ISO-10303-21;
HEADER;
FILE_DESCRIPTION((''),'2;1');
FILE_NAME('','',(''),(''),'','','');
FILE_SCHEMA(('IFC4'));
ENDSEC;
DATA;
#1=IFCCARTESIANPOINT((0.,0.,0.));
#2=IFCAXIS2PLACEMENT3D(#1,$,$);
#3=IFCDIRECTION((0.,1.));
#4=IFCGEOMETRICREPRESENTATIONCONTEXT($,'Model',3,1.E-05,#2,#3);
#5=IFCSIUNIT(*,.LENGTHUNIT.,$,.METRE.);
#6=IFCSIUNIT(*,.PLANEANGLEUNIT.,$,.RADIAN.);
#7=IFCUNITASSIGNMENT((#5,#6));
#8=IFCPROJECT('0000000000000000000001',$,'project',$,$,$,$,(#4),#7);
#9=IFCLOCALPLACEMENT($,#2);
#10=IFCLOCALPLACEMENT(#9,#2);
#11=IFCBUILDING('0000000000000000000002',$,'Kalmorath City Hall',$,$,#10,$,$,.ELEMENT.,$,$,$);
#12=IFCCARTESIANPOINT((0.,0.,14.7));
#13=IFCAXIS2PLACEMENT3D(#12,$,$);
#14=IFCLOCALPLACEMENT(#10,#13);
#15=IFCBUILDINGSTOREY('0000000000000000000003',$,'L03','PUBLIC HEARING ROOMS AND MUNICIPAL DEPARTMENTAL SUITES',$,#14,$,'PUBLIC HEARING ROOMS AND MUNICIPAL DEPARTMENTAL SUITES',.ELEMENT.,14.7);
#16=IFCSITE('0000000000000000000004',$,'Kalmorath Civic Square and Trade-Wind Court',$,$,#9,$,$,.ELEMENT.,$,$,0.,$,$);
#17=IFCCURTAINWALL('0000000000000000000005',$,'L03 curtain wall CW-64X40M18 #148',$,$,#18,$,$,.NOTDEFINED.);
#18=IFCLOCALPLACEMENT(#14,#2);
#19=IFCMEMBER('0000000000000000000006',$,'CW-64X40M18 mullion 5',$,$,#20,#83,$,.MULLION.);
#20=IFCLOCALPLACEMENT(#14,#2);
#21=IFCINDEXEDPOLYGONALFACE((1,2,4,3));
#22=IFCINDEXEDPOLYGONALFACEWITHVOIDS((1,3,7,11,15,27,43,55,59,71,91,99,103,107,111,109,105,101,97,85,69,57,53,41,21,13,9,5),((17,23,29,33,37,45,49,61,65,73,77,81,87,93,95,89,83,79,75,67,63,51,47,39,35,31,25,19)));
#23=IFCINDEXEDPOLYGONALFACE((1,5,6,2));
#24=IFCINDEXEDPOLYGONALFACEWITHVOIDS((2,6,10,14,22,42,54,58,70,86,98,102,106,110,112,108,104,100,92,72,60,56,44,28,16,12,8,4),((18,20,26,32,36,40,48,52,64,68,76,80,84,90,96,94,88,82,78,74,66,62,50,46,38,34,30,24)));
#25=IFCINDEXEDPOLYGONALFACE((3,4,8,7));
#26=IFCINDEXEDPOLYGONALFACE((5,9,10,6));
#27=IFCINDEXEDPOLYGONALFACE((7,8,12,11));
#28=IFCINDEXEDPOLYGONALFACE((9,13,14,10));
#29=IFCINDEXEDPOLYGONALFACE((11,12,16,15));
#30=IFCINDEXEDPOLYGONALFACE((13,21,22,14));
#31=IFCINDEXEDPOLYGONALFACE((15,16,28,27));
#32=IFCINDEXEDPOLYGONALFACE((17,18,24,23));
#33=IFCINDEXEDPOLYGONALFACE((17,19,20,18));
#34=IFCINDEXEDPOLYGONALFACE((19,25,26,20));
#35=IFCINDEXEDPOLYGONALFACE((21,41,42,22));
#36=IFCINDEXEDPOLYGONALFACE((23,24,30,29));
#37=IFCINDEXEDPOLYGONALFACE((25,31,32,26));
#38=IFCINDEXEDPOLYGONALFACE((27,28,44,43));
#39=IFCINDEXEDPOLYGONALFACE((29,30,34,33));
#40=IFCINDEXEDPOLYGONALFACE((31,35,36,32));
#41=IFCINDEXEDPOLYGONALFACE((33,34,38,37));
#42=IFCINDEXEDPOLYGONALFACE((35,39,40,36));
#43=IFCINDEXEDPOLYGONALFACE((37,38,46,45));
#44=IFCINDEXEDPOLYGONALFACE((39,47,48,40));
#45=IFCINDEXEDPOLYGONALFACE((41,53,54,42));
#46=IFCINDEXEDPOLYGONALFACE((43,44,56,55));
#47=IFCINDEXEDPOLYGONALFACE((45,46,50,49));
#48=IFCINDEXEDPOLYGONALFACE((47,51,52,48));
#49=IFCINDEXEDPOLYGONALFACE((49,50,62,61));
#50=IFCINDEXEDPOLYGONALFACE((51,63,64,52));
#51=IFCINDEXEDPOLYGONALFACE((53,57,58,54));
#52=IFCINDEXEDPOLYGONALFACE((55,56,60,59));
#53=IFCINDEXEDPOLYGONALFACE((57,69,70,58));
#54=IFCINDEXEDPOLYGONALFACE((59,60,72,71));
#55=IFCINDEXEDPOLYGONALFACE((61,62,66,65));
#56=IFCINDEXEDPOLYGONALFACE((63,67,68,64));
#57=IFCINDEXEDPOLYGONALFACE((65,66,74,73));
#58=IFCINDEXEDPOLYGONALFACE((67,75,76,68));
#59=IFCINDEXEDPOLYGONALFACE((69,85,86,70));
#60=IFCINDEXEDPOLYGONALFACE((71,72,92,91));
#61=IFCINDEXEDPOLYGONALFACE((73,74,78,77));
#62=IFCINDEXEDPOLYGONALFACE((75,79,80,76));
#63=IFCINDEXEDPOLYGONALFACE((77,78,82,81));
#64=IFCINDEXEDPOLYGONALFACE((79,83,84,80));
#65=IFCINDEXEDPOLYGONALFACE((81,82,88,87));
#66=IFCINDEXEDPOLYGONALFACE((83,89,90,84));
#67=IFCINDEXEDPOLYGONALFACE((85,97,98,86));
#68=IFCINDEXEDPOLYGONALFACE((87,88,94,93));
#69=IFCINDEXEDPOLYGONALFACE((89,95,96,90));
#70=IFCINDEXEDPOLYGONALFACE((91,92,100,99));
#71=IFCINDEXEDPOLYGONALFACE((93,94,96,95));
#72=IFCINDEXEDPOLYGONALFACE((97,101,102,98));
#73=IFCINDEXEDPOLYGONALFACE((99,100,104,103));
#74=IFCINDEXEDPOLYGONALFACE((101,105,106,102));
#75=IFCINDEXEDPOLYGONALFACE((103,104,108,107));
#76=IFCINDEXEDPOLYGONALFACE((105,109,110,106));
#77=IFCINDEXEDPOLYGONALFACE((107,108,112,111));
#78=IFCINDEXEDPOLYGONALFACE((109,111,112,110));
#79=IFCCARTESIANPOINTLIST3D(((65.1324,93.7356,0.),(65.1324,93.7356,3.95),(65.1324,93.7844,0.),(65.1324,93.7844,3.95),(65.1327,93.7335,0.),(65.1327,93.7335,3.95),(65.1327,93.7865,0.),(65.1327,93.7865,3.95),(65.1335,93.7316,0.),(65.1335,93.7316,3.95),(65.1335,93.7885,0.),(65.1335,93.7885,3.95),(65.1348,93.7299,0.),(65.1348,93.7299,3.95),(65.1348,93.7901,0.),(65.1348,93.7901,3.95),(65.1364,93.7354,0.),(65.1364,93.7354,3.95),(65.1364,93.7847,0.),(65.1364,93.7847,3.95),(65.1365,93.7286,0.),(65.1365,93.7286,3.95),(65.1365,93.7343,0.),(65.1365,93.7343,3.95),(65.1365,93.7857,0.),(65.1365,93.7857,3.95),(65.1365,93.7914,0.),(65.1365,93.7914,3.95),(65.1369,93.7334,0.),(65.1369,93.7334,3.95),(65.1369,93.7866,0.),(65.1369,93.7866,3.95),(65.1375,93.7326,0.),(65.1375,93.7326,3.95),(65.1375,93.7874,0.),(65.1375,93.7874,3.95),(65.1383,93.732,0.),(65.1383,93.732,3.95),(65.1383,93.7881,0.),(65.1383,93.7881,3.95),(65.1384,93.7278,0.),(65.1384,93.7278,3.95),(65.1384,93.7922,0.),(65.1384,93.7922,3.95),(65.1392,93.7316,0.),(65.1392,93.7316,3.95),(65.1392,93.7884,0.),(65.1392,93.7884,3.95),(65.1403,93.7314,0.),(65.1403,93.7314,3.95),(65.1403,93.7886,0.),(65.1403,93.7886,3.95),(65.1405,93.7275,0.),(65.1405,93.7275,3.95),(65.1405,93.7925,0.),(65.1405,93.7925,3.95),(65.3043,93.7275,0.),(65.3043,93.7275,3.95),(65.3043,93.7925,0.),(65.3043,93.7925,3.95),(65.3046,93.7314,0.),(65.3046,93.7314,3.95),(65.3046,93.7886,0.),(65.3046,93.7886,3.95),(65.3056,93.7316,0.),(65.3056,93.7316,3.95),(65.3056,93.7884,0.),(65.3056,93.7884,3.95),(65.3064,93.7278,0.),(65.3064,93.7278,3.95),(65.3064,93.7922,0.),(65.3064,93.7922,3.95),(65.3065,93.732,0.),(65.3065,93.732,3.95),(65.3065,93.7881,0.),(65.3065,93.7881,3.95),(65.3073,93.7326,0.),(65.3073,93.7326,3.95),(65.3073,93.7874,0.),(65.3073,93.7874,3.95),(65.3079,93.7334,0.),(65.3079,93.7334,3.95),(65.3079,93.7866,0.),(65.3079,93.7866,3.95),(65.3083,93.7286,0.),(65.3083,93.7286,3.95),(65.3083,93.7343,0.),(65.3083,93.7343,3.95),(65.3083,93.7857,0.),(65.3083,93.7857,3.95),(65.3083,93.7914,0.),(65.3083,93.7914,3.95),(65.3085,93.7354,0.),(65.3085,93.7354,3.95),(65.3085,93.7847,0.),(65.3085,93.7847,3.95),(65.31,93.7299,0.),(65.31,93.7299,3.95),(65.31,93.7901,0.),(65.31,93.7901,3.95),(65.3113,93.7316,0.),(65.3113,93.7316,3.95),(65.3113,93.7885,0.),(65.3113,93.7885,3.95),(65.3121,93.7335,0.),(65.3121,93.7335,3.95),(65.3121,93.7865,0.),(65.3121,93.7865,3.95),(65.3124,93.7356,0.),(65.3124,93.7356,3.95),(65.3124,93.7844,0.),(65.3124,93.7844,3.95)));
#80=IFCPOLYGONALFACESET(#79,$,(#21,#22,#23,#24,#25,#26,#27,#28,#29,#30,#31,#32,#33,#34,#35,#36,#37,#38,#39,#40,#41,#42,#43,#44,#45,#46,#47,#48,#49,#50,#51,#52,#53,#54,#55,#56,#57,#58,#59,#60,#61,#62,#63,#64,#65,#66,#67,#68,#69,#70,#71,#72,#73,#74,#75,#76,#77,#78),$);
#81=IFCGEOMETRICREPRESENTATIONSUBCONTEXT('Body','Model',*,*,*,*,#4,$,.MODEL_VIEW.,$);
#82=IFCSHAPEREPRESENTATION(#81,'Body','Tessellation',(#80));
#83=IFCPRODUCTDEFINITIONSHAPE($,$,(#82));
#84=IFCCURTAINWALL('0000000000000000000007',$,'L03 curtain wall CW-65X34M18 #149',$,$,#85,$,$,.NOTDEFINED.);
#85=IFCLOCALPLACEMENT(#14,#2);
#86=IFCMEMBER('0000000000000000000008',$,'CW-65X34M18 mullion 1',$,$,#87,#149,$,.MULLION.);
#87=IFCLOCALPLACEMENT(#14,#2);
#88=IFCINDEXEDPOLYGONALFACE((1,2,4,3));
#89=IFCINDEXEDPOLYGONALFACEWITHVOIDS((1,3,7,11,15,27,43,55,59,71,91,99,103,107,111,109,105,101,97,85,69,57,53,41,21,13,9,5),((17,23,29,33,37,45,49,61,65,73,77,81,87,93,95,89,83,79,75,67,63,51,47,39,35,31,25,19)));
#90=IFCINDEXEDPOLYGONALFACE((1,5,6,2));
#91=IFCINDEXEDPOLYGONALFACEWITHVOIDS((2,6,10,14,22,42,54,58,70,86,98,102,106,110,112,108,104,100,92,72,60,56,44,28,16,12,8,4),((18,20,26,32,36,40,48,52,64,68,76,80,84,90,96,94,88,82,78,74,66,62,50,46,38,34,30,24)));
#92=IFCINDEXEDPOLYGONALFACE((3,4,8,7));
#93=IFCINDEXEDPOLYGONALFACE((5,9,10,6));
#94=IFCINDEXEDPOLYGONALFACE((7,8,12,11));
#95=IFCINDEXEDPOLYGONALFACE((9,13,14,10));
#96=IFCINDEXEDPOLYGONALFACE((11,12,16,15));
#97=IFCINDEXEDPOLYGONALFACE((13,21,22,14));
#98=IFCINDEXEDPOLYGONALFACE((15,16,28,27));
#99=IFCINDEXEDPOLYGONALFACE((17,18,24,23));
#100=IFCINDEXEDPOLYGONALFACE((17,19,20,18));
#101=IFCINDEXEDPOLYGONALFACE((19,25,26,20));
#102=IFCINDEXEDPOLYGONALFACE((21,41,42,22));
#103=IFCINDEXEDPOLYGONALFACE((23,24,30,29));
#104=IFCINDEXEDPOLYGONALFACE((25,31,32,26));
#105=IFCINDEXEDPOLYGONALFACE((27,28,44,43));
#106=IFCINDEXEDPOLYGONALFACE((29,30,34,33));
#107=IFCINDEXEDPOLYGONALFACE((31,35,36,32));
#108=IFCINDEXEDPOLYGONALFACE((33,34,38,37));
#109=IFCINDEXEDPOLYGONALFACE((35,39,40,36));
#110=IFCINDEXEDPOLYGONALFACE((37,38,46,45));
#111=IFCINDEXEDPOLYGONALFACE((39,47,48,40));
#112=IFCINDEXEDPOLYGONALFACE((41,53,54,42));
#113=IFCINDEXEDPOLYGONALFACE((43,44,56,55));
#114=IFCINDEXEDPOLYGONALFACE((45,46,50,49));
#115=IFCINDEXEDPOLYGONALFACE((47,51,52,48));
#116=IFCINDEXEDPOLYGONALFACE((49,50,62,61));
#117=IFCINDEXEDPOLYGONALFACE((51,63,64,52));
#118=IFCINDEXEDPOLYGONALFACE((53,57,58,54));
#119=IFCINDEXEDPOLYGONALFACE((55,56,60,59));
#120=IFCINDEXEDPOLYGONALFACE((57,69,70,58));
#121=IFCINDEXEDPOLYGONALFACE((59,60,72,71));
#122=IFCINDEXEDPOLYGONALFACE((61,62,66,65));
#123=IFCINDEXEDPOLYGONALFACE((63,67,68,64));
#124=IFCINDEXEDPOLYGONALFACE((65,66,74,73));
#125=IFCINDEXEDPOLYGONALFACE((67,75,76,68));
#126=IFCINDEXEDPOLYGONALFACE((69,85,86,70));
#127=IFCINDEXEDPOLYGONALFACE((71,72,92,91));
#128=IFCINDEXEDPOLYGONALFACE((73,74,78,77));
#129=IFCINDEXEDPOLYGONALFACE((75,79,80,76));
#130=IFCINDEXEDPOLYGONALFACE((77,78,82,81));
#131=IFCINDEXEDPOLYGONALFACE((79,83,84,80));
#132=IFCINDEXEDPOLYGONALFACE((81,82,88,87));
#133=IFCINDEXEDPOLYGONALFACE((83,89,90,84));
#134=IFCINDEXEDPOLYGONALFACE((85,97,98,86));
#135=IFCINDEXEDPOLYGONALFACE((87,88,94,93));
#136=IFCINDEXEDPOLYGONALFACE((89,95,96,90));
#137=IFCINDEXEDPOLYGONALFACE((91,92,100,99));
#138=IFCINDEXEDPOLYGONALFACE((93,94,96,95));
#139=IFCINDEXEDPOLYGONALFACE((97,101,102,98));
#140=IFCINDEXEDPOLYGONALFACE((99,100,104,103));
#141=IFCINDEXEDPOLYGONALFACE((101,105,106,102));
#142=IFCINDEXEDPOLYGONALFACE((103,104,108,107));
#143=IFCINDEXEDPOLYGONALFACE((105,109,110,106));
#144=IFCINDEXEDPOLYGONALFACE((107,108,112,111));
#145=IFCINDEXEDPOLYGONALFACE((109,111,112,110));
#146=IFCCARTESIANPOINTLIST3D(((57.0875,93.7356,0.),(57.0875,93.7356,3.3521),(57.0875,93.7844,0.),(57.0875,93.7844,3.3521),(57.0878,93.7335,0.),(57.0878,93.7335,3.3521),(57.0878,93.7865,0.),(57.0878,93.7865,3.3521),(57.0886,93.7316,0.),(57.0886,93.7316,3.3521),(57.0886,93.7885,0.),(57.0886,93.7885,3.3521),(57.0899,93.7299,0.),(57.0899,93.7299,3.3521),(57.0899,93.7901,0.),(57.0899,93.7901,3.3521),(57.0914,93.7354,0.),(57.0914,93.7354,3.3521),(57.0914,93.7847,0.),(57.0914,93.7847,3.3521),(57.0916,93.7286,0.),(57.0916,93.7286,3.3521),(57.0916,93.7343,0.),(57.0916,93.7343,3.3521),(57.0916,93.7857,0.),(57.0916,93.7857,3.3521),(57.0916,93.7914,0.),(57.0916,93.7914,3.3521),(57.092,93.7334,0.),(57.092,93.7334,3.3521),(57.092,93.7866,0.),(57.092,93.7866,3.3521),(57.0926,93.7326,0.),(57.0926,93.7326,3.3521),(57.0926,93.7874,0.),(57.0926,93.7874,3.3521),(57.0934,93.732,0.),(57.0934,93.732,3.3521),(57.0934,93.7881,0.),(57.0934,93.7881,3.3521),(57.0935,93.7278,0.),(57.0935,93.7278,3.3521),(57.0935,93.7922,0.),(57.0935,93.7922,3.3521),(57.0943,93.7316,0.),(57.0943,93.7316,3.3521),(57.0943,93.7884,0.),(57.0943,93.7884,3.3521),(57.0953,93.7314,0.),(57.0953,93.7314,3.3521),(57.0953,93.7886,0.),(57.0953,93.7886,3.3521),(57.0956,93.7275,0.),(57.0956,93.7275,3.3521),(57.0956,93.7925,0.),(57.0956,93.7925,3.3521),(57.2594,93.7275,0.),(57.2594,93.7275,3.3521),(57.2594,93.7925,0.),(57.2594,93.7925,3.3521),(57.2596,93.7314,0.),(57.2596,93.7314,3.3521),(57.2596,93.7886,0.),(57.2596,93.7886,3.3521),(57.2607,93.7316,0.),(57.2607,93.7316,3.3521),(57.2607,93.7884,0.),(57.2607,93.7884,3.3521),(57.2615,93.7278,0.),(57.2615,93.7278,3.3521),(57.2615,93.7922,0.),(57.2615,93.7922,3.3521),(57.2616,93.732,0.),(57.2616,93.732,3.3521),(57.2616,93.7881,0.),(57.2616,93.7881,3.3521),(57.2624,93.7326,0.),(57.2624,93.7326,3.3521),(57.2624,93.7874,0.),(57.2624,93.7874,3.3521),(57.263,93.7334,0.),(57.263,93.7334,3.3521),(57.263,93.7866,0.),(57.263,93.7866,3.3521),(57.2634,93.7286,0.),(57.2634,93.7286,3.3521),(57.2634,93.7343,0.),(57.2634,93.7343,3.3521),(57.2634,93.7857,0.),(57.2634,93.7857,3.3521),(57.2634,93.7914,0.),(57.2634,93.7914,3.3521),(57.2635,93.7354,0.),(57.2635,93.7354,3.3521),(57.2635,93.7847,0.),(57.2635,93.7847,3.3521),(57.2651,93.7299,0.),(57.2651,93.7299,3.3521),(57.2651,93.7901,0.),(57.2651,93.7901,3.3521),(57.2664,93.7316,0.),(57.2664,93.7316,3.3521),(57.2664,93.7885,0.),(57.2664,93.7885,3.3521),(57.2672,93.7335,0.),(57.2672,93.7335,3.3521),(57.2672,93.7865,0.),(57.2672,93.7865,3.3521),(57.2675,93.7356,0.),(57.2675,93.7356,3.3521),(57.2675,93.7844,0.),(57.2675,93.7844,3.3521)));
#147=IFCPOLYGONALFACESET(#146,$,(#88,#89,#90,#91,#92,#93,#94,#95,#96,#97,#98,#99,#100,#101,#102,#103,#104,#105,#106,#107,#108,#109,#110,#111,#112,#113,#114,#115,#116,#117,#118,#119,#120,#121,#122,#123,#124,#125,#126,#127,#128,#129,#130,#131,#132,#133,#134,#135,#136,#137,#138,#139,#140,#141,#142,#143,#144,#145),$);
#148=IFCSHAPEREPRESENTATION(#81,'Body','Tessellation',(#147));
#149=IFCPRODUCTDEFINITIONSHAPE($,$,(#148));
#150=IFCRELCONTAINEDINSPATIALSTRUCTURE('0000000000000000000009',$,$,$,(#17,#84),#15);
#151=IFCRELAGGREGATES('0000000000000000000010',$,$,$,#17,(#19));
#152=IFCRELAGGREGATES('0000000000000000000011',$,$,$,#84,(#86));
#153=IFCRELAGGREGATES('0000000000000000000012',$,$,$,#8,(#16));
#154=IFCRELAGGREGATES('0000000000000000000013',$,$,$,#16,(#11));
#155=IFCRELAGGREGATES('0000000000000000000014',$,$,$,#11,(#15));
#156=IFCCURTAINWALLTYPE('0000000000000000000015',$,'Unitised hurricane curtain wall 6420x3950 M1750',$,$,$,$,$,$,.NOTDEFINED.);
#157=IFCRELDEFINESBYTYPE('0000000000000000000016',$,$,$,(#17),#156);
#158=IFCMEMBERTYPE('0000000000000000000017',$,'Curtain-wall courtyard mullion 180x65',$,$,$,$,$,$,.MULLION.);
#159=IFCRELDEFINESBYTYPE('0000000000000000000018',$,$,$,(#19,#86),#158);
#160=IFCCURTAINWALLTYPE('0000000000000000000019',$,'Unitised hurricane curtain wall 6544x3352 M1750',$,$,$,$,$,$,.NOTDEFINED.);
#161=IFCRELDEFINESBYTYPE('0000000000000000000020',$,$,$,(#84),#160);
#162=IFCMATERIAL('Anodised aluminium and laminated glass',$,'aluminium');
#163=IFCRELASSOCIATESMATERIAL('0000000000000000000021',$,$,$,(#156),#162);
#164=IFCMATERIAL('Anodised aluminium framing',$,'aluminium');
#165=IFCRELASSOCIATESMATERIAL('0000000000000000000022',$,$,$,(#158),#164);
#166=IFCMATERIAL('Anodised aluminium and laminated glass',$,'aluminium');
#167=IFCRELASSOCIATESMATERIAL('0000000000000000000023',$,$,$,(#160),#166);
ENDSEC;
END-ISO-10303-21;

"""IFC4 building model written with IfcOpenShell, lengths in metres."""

from ifc_helpers import new_model, si_unit, direction, frame, origin, origin_2d, place, context, subcontext, project, spatial, hollow_rectangle, extrude, material, material_profile, profile_set, type_object, element, aggregate, save


model = new_model("IFC4")

# Units and contexts
model_context = context("Model", 3, precision=1e-05, world=origin(), true_north=direction((0.0, 1.0)))
body_context = subcontext(model_context, "Body", "Model", "MODEL_VIEW")
ifc_project = project(units=[si_unit("LENGTHUNIT", "METRE"), si_unit("PLANEANGLEUNIT", "RADIAN")], contexts=[model_context])

# Site, building, storey
site_placement = place(None, origin())
site = spatial("IfcSite", under=ifc_project, at=site_placement, Name="Kalmorath Civic Square and Trade-Wind Court", CompositionType="ELEMENT", RefElevation=0.0)
building_placement = place(site_placement, origin())
building = spatial("IfcBuilding", under=site, at=building_placement, Name="Kalmorath City Hall", CompositionType="ELEMENT")
storey_placement = place(building_placement, frame((0.0, 0.0, 14.7)))
storey = spatial("IfcBuildingStorey", under=building, at=storey_placement, Name="L03", Description="PUBLIC HEARING ROOMS AND MUNICIPAL DEPARTMENTAL SUITES", LongName="PUBLIC HEARING ROOMS AND MUNICIPAL DEPARTMENTAL SUITES", CompositionType="ELEMENT", Elevation=14.7)

# Curtain wall, member
ifc_material_1 = material(Name="Anodised aluminium and laminated glass", Category="aluminium")
curtain_wall_type_1 = type_object("IfcCurtainWallType", Name="Unitised hurricane curtain wall 6420x3950 M1750", PredefinedType="NOTDEFINED", material=ifc_material_1)
curtain_wall_1_placement = place(storey_placement, origin())
curtain_wall_1 = element("IfcCurtainWall", 1, at=curtain_wall_1_placement, inside=storey, type_object=curtain_wall_type_1, Name="L03 curtain wall CW-64X40M18 #148", PredefinedType="NOTDEFINED")
ifc_material_2 = material(Name="Anodised aluminium framing", Category="aluminium")
ifc_material_profile_1 = material_profile(ifc_material_2, hollow_rectangle(XDim=0.0649, YDim=0.1799, WallThickness=0.0039, InnerFilletRadius=0.0039, OuterFilletRadius=0.0081, at=origin_2d()), Name="ALU-MUL-180X65X4")
ifc_profile_set_1 = profile_set([ifc_material_profile_1], Name="Anodised aluminium framing")
member_type_1 = type_object("IfcMemberType", Name="Curtain-wall courtyard mullion 180x65", PredefinedType="MULLION", material=ifc_profile_set_1)
member_1_placement = place(storey_placement, frame((65.2224, 93.76, 0.0), z_axis=(0.0, 0.0, 1.0), x_axis=(0.0, -1.0, 0.0)))
member_1 = element("IfcMember", 2, at=member_1_placement, type_object=member_type_1, Name="CW-64X40M18 mullion 5", PredefinedType="MULLION", context=body_context, shape_type="SweptSolid", body=[
    extrude(hollow_rectangle(XDim=0.0649, YDim=0.1799, WallThickness=0.0039, InnerFilletRadius=0.0039, OuterFilletRadius=0.0081, at=origin_2d()), origin(), (0.0, 0.0, 1.0), 3.95),
])

# Curtain wall, member
ifc_material_3 = material(Name="Anodised aluminium and laminated glass", Category="aluminium")
curtain_wall_type_2 = type_object("IfcCurtainWallType", Name="Unitised hurricane curtain wall 6544x3352 M1750", PredefinedType="NOTDEFINED", material=ifc_material_3)
curtain_wall_2_placement = place(storey_placement, origin())
curtain_wall_2 = element("IfcCurtainWall", 3, at=curtain_wall_2_placement, inside=storey, type_object=curtain_wall_type_2, Name="L03 curtain wall CW-65X34M18 #149", PredefinedType="NOTDEFINED")
member_2_placement = place(storey_placement, frame((57.1775, 93.76, 0.0), z_axis=(0.0, 0.0, 1.0), x_axis=(0.0, -1.0, 0.0)))
member_2 = element("IfcMember", 4, at=member_2_placement, type_object=member_type_1, Name="CW-65X34M18 mullion 1", PredefinedType="MULLION", context=body_context, shape_type="SweptSolid", body=[
    extrude(hollow_rectangle(XDim=0.0649, YDim=0.1799, WallThickness=0.0039, InnerFilletRadius=0.0039, OuterFilletRadius=0.0081, at=origin_2d()), origin(), (0.0, 0.0, 1.0), 3.3521),
])

aggregate(curtain_wall_1, [member_1])
aggregate(curtain_wall_2, [member_2])

save(model, "model.ifc")
